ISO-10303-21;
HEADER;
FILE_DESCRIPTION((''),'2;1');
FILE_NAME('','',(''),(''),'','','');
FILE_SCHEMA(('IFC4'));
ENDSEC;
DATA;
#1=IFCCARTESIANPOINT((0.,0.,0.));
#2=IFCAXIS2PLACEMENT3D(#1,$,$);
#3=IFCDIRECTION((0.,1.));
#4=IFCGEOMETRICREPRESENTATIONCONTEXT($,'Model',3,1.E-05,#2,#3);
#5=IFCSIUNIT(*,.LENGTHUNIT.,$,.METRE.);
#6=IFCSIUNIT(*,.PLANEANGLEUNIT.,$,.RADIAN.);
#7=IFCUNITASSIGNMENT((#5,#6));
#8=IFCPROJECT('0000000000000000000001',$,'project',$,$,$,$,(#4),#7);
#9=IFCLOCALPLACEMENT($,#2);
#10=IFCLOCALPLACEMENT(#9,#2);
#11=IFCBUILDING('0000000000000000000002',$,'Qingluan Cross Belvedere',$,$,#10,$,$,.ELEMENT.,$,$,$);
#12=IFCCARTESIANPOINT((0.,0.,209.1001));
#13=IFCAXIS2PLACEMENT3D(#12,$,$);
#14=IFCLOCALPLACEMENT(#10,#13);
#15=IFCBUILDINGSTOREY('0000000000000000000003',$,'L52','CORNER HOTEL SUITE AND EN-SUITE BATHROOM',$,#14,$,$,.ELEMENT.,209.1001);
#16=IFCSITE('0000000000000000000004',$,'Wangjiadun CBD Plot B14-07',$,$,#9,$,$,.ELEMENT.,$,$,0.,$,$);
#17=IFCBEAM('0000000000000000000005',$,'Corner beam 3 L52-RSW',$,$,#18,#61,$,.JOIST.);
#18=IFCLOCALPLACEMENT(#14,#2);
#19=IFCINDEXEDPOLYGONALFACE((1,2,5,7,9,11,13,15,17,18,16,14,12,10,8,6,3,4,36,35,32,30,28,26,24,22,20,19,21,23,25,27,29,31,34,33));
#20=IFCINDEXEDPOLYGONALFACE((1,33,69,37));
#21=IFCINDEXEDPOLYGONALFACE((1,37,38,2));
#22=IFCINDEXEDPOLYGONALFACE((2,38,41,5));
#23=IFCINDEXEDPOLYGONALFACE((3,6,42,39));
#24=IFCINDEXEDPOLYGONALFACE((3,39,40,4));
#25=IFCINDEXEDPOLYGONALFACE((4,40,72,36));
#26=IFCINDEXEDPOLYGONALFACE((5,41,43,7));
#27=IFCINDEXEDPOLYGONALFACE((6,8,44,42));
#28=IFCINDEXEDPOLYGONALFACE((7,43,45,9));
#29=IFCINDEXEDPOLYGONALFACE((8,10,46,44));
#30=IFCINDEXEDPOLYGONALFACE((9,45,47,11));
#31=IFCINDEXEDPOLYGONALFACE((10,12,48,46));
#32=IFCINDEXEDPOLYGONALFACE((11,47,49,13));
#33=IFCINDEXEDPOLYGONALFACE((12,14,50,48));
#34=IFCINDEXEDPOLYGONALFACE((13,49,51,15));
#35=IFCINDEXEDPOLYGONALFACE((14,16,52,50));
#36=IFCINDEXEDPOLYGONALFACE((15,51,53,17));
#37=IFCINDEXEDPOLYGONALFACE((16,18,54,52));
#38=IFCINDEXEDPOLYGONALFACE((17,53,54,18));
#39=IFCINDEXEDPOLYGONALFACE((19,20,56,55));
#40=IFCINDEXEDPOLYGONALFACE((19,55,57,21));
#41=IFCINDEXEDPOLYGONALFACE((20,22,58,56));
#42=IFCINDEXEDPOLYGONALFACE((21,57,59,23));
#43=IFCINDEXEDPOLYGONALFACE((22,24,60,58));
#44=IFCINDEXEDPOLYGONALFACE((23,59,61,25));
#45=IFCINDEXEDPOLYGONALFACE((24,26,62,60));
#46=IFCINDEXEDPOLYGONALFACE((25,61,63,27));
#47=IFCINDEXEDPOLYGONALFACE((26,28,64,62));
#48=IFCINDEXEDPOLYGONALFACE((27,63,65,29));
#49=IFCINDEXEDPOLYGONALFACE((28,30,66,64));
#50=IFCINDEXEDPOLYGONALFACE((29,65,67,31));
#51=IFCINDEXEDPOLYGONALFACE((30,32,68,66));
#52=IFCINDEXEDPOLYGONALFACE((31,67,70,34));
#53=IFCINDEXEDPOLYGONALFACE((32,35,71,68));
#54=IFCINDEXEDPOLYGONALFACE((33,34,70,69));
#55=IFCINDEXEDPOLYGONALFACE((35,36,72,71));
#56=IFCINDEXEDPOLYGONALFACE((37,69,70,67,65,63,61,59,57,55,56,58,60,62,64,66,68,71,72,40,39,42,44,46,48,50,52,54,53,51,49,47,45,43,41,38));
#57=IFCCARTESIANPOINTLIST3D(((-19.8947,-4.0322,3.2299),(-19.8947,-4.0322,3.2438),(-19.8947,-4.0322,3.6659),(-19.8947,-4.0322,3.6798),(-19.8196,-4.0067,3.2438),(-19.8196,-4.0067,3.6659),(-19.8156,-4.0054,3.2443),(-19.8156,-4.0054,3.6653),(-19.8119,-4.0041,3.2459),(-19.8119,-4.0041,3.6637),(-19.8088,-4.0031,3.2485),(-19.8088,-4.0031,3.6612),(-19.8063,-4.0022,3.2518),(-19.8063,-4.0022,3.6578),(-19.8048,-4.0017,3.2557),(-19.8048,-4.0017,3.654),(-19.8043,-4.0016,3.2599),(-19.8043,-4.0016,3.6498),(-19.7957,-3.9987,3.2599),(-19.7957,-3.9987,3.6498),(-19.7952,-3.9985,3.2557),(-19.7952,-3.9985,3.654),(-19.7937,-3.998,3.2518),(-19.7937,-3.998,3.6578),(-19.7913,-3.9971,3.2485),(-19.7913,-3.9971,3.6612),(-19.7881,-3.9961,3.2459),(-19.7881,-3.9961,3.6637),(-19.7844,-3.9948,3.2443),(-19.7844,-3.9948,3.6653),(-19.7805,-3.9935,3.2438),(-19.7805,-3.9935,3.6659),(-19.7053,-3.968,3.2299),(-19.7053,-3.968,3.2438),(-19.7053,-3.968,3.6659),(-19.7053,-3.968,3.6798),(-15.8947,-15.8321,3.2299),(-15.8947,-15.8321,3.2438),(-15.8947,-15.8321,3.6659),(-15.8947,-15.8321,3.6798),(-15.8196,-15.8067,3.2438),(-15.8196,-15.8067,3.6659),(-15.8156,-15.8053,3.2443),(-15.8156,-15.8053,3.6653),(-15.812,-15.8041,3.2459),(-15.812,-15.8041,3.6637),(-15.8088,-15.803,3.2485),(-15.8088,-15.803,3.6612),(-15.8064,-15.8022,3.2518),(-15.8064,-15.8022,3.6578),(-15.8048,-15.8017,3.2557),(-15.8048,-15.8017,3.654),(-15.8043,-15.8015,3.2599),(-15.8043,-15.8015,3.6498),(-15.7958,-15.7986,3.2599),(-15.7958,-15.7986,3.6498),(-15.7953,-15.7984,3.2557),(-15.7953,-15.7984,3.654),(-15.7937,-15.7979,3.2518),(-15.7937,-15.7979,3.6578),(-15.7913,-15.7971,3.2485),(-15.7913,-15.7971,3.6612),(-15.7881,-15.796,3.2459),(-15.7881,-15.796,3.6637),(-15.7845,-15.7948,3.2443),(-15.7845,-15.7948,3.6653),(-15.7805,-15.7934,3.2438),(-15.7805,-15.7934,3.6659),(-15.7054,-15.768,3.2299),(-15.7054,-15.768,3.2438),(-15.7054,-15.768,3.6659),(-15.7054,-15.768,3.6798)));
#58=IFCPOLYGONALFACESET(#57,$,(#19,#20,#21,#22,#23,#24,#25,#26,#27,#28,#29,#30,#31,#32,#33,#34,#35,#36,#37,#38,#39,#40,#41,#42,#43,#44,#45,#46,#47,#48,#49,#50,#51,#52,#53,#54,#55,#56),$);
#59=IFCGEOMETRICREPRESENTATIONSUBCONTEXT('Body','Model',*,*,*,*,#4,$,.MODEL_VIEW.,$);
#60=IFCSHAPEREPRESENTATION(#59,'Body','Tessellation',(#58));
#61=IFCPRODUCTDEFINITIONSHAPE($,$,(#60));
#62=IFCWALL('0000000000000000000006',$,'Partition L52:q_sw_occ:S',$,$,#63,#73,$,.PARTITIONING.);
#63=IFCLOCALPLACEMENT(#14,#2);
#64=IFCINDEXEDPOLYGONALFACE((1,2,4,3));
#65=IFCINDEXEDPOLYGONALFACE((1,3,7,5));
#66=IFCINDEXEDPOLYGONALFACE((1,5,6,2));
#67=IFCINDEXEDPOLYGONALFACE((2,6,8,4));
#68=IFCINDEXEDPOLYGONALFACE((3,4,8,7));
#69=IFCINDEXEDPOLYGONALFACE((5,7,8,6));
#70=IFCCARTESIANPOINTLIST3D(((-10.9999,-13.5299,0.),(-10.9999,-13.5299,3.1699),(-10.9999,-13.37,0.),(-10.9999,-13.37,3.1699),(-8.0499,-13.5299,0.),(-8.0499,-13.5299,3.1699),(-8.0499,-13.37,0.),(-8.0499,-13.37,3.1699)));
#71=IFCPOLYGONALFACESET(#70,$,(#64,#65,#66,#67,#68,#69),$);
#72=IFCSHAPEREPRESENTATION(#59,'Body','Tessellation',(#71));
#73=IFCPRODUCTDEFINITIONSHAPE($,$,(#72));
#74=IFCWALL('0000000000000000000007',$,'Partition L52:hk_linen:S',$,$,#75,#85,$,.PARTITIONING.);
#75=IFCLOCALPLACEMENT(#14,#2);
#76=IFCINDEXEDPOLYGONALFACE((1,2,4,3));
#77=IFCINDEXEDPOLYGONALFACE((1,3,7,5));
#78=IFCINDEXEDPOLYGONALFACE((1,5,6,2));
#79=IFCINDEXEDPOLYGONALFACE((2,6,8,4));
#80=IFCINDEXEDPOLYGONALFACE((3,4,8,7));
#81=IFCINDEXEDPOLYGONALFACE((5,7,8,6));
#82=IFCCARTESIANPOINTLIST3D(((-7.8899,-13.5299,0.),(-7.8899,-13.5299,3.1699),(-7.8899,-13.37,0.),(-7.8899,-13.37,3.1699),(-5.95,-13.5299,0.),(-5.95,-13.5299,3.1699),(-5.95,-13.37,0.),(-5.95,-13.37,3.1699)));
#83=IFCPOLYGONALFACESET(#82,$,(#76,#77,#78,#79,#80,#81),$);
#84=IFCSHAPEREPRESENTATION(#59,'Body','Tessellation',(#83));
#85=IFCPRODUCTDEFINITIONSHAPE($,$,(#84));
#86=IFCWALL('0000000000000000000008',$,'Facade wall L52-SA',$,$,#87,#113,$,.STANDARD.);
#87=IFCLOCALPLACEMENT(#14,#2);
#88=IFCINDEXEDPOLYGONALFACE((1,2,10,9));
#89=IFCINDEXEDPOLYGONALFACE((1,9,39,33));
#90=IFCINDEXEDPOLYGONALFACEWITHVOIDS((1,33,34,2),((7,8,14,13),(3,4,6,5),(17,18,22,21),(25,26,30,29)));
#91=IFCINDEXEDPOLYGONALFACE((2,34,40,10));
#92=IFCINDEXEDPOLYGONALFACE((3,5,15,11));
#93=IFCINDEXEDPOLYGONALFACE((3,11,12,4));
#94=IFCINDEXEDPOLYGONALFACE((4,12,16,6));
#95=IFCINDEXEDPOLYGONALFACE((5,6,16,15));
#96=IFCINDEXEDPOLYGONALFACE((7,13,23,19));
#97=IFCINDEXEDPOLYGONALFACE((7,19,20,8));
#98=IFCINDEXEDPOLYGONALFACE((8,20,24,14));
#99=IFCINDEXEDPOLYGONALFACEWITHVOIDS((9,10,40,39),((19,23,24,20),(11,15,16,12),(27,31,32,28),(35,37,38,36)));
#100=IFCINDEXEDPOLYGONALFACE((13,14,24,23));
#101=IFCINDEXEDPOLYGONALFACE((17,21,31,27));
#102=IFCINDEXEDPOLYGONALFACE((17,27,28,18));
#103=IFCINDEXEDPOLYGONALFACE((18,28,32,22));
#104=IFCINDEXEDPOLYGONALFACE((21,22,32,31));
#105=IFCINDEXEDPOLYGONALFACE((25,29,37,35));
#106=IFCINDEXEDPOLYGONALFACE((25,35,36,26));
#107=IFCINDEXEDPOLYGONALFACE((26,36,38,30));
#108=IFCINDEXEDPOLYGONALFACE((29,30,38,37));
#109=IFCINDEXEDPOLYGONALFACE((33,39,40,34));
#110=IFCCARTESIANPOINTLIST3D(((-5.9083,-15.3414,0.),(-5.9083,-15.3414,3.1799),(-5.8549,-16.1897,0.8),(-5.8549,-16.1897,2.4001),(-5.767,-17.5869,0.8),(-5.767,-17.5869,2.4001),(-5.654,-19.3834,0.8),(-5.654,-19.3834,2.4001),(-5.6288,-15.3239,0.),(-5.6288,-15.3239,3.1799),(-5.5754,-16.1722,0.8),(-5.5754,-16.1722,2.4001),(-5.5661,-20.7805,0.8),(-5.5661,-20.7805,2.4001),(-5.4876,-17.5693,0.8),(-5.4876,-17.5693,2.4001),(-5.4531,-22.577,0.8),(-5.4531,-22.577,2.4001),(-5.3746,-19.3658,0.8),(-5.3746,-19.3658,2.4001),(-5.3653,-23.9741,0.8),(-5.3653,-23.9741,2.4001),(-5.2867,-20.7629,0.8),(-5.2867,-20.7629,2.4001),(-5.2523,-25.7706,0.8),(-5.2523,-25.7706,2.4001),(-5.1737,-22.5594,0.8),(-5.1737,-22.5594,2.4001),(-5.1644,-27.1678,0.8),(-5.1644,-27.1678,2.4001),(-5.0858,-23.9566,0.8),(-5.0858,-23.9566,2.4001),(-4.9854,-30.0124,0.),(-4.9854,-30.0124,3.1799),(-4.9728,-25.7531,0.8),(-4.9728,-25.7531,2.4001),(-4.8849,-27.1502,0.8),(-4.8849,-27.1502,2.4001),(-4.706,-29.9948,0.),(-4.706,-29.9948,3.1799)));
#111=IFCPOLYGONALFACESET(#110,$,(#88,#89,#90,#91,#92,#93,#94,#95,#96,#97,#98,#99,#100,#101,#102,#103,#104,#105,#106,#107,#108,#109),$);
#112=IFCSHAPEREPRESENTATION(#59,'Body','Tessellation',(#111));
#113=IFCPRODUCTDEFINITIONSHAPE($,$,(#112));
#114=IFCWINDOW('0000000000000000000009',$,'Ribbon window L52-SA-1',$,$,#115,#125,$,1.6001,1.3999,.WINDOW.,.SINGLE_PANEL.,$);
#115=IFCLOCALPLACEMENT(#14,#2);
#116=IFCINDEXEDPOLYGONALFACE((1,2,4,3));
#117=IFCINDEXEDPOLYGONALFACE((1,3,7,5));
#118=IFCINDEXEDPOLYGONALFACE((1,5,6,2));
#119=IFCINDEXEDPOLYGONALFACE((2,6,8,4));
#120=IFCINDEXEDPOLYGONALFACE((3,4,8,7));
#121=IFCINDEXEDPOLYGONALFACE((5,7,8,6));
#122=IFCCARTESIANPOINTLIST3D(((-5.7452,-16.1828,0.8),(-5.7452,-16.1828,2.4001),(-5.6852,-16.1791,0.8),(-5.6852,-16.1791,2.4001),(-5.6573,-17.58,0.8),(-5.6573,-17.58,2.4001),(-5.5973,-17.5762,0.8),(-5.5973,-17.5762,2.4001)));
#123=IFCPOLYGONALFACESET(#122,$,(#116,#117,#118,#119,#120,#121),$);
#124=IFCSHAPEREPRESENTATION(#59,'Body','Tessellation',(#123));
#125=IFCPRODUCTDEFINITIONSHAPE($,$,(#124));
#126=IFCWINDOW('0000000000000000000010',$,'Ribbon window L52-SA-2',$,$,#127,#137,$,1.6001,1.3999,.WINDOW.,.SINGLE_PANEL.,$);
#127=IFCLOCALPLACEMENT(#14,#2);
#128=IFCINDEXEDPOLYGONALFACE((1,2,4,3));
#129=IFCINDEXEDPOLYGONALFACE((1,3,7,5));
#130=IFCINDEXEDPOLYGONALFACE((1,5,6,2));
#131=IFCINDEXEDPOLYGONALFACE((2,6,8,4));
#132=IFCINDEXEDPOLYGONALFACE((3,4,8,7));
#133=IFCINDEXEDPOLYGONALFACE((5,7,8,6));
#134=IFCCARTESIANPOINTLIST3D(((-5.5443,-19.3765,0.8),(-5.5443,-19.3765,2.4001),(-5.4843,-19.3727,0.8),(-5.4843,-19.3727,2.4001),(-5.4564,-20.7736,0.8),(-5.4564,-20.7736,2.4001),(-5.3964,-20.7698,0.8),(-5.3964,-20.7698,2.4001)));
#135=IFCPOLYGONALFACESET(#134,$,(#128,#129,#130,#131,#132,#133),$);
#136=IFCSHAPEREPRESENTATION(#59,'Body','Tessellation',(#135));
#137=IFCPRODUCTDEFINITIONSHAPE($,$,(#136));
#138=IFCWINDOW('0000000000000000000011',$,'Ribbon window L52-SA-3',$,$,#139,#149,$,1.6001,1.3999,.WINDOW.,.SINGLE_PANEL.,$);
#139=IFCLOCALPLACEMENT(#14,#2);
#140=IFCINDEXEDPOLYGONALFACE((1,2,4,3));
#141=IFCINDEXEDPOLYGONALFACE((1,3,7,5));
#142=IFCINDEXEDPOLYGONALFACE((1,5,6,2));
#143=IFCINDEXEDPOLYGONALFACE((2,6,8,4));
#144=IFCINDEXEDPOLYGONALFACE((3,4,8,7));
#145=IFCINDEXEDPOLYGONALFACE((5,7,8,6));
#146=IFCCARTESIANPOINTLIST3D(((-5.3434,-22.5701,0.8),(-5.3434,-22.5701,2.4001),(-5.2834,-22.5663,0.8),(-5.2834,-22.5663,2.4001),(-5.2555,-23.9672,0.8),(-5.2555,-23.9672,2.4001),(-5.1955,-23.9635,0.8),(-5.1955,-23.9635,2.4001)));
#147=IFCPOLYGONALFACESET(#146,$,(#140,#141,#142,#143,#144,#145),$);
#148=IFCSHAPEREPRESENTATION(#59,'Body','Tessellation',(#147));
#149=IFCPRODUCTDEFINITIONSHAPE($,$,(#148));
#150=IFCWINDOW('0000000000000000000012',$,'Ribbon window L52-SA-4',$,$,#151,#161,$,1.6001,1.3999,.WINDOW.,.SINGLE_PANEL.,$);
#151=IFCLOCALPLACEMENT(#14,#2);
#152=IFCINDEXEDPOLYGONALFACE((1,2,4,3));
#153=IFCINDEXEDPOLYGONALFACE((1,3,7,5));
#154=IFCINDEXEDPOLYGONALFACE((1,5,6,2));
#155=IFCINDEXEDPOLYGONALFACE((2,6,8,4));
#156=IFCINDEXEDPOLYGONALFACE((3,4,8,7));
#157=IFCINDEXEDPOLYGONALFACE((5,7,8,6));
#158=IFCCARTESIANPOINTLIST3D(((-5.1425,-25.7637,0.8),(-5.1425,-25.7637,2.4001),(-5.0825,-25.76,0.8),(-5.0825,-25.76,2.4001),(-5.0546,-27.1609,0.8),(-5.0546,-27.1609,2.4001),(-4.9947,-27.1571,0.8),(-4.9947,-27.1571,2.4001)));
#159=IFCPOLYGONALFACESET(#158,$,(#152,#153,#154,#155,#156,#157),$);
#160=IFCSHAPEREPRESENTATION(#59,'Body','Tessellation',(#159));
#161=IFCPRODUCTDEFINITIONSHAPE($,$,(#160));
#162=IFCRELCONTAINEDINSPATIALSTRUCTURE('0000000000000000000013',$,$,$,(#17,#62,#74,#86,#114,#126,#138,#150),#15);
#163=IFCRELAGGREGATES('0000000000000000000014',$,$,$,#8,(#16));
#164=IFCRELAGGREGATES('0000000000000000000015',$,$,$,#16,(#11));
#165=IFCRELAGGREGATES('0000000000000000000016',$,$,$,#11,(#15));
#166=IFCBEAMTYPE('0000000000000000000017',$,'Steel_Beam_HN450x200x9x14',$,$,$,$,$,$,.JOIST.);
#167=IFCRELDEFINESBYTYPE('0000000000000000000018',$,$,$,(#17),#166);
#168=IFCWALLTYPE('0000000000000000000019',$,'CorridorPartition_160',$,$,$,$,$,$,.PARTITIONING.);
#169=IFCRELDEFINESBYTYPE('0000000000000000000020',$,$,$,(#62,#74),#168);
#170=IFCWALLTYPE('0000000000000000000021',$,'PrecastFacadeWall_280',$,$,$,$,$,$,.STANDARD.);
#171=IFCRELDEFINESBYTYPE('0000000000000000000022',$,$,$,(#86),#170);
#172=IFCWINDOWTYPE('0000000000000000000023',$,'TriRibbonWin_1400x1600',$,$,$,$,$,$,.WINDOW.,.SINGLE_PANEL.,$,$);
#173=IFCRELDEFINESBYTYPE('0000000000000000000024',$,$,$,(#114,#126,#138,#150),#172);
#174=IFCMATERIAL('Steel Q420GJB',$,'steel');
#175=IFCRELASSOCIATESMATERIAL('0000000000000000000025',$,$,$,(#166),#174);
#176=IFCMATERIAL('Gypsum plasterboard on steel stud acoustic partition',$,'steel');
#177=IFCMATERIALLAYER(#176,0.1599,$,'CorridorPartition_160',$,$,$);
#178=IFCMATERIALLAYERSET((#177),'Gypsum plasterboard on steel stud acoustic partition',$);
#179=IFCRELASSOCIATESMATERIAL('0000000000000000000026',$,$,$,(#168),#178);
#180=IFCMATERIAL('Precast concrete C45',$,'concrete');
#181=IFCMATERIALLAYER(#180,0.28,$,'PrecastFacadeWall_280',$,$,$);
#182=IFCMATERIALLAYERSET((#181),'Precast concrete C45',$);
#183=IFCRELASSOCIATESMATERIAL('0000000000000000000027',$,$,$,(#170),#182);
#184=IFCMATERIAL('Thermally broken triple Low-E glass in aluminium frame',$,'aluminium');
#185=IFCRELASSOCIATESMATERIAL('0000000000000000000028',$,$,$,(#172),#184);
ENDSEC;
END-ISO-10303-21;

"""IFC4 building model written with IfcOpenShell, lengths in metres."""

from ifc_helpers import new_model, si_unit, direction, frame, frame_2d, origin, origin_2d, place, context, subcontext, project, spatial, rectangle, i_section, extrude, material, layer, layer_set, material_profile, profile_set, type_object, element, fill, save


model = new_model("IFC4")

# Units and contexts
model_context = context("Model", 3, precision=1e-05, world=origin(), true_north=direction((0.0, 1.0)))
body_context = subcontext(model_context, "Body", "Model", "MODEL_VIEW")
ifc_project = project(units=[si_unit("LENGTHUNIT", "METRE"), si_unit("PLANEANGLEUNIT", "RADIAN")], contexts=[model_context])

# Site, building, storey
site_placement = place(None, origin())
site = spatial("IfcSite", under=ifc_project, at=site_placement, Name="Wangjiadun CBD Plot B14-07", CompositionType="ELEMENT", RefElevation=0.0)
building_placement = place(site_placement, origin())
building = spatial("IfcBuilding", under=site, at=building_placement, Name="Qingluan Cross Belvedere", CompositionType="ELEMENT")
storey_placement = place(building_placement, frame((0.0, 0.0, 209.1001)))
storey = spatial("IfcBuildingStorey", under=building, at=storey_placement, Name="L52", Description="CORNER HOTEL SUITE AND EN-SUITE BATHROOM", CompositionType="ELEMENT", Elevation=209.1001)

# Beam
ifc_material_1 = material(Name="Steel Q420GJB", Category="steel")
ifc_material_profile_1 = material_profile(ifc_material_1, i_section(OverallWidth=0.2, OverallDepth=0.45, WebThickness=0.009, FlangeThickness=0.0139, FilletRadius=0.0161, at=origin_2d()), Name="HN450x200x9x14")
ifc_profile_set_1 = profile_set([ifc_material_profile_1], Name="Steel Q420GJB")
beam_type_1 = type_object("IfcBeamType", Name="Steel_Beam_HN450x200x9x14", PredefinedType="JOIST", material=ifc_profile_set_1)
for number, where, z_axis, x_axis, name in (
    (1, (-15.8, -15.8, 3.4548), (-0.321038, 0.947066, 0.0), (-0.947066, -0.321038, 0.0), "Corner beam 3 L52-RSW"),
):
    element("IfcBeam", number, at=place(storey_placement, frame(where, z_axis=z_axis, x_axis=x_axis)), inside=storey, type_object=beam_type_1, Name=name, PredefinedType="JOIST", context=body_context, shape_type="SweptSolid", body=[
        extrude(i_section(OverallWidth=0.2, OverallDepth=0.45, WebThickness=0.009, FlangeThickness=0.0139, FilletRadius=0.0161, at=origin_2d()), origin(), (0.0, 0.0, 1.0), 12.4595),
    ])

# Walls
ifc_material_2 = material(Name="Gypsum plasterboard on steel stud acoustic partition", Category="steel")
ifc_layer_1 = layer(ifc_material_2, 0.1599, Name="CorridorPartition_160")
ifc_layer_set_1 = layer_set([ifc_layer_1], Name="Gypsum plasterboard on steel stud acoustic partition")
wall_type_1 = type_object("IfcWallType", Name="CorridorPartition_160", PredefinedType="PARTITIONING", material=ifc_layer_set_1)
wall_1_placement = place(storey_placement, frame((-11.0, -13.45, 0.0), z_axis=(0.0, 0.0, 1.0), x_axis=(1.0, 0.0, 0.0)))
element("IfcWall", 2, at=wall_1_placement, inside=storey, type_object=wall_type_1, Name="Partition L52:q_sw_occ:S", PredefinedType="PARTITIONING", context=body_context, shape_type="SweptSolid", body=[
    extrude(rectangle(XDim=2.95, YDim=0.1599, at=frame_2d((1.4751, 0.0))), origin(), (0.0, 0.0, 1.0), 3.1699),
])
wall_2_placement = place(storey_placement, frame((-7.8899, -13.45, 0.0), z_axis=(0.0, 0.0, 1.0), x_axis=(1.0, 0.0, 0.0)))
element("IfcWall", 3, at=wall_2_placement, inside=storey, type_object=wall_type_1, Name="Partition L52:hk_linen:S", PredefinedType="PARTITIONING", context=body_context, shape_type="SweptSolid", body=[
    extrude(rectangle(XDim=1.9399, YDim=0.1599, at=frame_2d((0.97, 0.0))), origin(), (0.0, 0.0, 1.0), 3.1699),
])

# Wall, openings, windows
ifc_material_3 = material(Name="Precast concrete C45", Category="concrete")
ifc_layer_2 = layer(ifc_material_3, 0.28, Name="PrecastFacadeWall_280")
ifc_layer_set_2 = layer_set([ifc_layer_2], Name="Precast concrete C45")
wall_type_2 = type_object("IfcWallType", Name="PrecastFacadeWall_280", PredefinedType="STANDARD", material=ifc_layer_set_2)
wall_3_placement = place(storey_placement, frame((-5.7686, -15.3325, 0.0), z_axis=(0.0, 0.0, 1.0), x_axis=(0.062779, -0.998027, 0.0)))
wall_3 = element("IfcWall", 4, at=wall_3_placement, inside=storey, type_object=wall_type_2, Name="Facade wall L52-SA", PredefinedType="STANDARD", context=body_context, shape_type="SweptSolid", body=[
    extrude(rectangle(XDim=14.7, YDim=0.28, at=frame_2d((7.3501, 0.0))), origin(), (0.0, 0.0, 1.0), 3.1799),
])
opening_1_placement = place(wall_3_placement, frame((0.8501, 0.0, 0.8)))
opening_1 = element("IfcOpeningElement", 5, at=opening_1_placement, cuts=wall_3, PredefinedType="OPENING", context=body_context, shape_type="SweptSolid", body=[
    extrude(rectangle(XDim=1.3999, YDim=1.6001, at=frame_2d((0.7, 0.8))), frame((0.0, 0.1499, 0.0), z_axis=(0.0, -1.0, 0.0), x_axis=(1.0, 0.0, 0.0)), (0.0, 0.0, 1.0), 0.3),
])
opening_2_placement = place(wall_3_placement, frame((4.05, 0.0, 0.8)))
opening_2 = element("IfcOpeningElement", 6, at=opening_2_placement, cuts=wall_3, PredefinedType="OPENING", context=body_context, shape_type="SweptSolid", body=[
    extrude(rectangle(XDim=1.3999, YDim=1.6001, at=frame_2d((0.7, 0.8))), frame((0.0, 0.1499, 0.0), z_axis=(0.0, -1.0, 0.0), x_axis=(1.0, 0.0, 0.0)), (0.0, 0.0, 1.0), 0.3),
])
opening_3_placement = place(wall_3_placement, frame((7.25, 0.0, 0.8)))
opening_3 = element("IfcOpeningElement", 7, at=opening_3_placement, cuts=wall_3, PredefinedType="OPENING", context=body_context, shape_type="SweptSolid", body=[
    extrude(rectangle(XDim=1.3999, YDim=1.6001, at=frame_2d((0.7, 0.8))), frame((0.0, 0.1499, 0.0), z_axis=(0.0, -1.0, 0.0), x_axis=(1.0, 0.0, 0.0)), (0.0, 0.0, 1.0), 0.3),
])
opening_4_placement = place(wall_3_placement, frame((10.45, 0.0, 0.8)))
opening_4 = element("IfcOpeningElement", 8, at=opening_4_placement, cuts=wall_3, PredefinedType="OPENING", context=body_context, shape_type="SweptSolid", body=[
    extrude(rectangle(XDim=1.3999, YDim=1.6001, at=frame_2d((0.7, 0.8))), frame((0.0, 0.1499, 0.0), z_axis=(0.0, -1.0, 0.0), x_axis=(1.0, 0.0, 0.0)), (0.0, 0.0, 1.0), 0.3),
])
ifc_material_4 = material(Name="Thermally broken triple Low-E glass in aluminium frame", Category="aluminium")
window_type_1 = type_object("IfcWindowType", Name="TriRibbonWin_1400x1600", PartitioningType="SINGLE_PANEL", PredefinedType="WINDOW", material=ifc_material_4)
window_1_placement = place(opening_1_placement, origin())
window_1 = element("IfcWindow", 9, at=window_1_placement, inside=storey, type_object=window_type_1, Name="Ribbon window L52-SA-1", OverallHeight=1.6001, OverallWidth=1.3999, PartitioningType="SINGLE_PANEL", PredefinedType="WINDOW", context=body_context, shape_type="SweptSolid", body=[
    extrude(rectangle(XDim=1.3999, YDim=1.6001, at=frame_2d((0.7, 0.8))), frame((0.0, 0.03, 0.0), z_axis=(0.0, -1.0, 0.0), x_axis=(1.0, 0.0, 0.0)), (0.0, 0.0, 1.0), 0.0601),
])
fill(opening_1, window_1)
window_2_placement = place(opening_2_placement, origin())
window_2 = element("IfcWindow", 10, at=window_2_placement, inside=storey, type_object=window_type_1, Name="Ribbon window L52-SA-2", OverallHeight=1.6001, OverallWidth=1.3999, PartitioningType="SINGLE_PANEL", PredefinedType="WINDOW", context=body_context, shape_type="SweptSolid", body=[
    extrude(rectangle(XDim=1.3999, YDim=1.6001, at=frame_2d((0.7, 0.8))), frame((0.0, 0.03, 0.0), z_axis=(0.0, -1.0, 0.0), x_axis=(1.0, 0.0, 0.0)), (0.0, 0.0, 1.0), 0.0601),
])
fill(opening_2, window_2)
window_3_placement = place(opening_3_placement, origin())
window_3 = element("IfcWindow", 11, at=window_3_placement, inside=storey, type_object=window_type_1, Name="Ribbon window L52-SA-3", OverallHeight=1.6001, OverallWidth=1.3999, PartitioningType="SINGLE_PANEL", PredefinedType="WINDOW", context=body_context, shape_type="SweptSolid", body=[
    extrude(rectangle(XDim=1.3999, YDim=1.6001, at=frame_2d((0.7, 0.8))), frame((0.0, 0.03, 0.0), z_axis=(0.0, -1.0, 0.0), x_axis=(1.0, 0.0, 0.0)), (0.0, 0.0, 1.0), 0.0601),
])
fill(opening_3, window_3)
window_4_placement = place(opening_4_placement, origin())
window_4 = element("IfcWindow", 12, at=window_4_placement, inside=storey, type_object=window_type_1, Name="Ribbon window L52-SA-4", OverallHeight=1.6001, OverallWidth=1.3999, PartitioningType="SINGLE_PANEL", PredefinedType="WINDOW", context=body_context, shape_type="SweptSolid", body=[
    extrude(rectangle(XDim=1.3999, YDim=1.6001, at=frame_2d((0.7, 0.8))), frame((0.0, 0.03, 0.0), z_axis=(0.0, -1.0, 0.0), x_axis=(1.0, 0.0, 0.0)), (0.0, 0.0, 1.0), 0.0601),
])
fill(opening_4, window_4)

save(model, "model.ifc")
